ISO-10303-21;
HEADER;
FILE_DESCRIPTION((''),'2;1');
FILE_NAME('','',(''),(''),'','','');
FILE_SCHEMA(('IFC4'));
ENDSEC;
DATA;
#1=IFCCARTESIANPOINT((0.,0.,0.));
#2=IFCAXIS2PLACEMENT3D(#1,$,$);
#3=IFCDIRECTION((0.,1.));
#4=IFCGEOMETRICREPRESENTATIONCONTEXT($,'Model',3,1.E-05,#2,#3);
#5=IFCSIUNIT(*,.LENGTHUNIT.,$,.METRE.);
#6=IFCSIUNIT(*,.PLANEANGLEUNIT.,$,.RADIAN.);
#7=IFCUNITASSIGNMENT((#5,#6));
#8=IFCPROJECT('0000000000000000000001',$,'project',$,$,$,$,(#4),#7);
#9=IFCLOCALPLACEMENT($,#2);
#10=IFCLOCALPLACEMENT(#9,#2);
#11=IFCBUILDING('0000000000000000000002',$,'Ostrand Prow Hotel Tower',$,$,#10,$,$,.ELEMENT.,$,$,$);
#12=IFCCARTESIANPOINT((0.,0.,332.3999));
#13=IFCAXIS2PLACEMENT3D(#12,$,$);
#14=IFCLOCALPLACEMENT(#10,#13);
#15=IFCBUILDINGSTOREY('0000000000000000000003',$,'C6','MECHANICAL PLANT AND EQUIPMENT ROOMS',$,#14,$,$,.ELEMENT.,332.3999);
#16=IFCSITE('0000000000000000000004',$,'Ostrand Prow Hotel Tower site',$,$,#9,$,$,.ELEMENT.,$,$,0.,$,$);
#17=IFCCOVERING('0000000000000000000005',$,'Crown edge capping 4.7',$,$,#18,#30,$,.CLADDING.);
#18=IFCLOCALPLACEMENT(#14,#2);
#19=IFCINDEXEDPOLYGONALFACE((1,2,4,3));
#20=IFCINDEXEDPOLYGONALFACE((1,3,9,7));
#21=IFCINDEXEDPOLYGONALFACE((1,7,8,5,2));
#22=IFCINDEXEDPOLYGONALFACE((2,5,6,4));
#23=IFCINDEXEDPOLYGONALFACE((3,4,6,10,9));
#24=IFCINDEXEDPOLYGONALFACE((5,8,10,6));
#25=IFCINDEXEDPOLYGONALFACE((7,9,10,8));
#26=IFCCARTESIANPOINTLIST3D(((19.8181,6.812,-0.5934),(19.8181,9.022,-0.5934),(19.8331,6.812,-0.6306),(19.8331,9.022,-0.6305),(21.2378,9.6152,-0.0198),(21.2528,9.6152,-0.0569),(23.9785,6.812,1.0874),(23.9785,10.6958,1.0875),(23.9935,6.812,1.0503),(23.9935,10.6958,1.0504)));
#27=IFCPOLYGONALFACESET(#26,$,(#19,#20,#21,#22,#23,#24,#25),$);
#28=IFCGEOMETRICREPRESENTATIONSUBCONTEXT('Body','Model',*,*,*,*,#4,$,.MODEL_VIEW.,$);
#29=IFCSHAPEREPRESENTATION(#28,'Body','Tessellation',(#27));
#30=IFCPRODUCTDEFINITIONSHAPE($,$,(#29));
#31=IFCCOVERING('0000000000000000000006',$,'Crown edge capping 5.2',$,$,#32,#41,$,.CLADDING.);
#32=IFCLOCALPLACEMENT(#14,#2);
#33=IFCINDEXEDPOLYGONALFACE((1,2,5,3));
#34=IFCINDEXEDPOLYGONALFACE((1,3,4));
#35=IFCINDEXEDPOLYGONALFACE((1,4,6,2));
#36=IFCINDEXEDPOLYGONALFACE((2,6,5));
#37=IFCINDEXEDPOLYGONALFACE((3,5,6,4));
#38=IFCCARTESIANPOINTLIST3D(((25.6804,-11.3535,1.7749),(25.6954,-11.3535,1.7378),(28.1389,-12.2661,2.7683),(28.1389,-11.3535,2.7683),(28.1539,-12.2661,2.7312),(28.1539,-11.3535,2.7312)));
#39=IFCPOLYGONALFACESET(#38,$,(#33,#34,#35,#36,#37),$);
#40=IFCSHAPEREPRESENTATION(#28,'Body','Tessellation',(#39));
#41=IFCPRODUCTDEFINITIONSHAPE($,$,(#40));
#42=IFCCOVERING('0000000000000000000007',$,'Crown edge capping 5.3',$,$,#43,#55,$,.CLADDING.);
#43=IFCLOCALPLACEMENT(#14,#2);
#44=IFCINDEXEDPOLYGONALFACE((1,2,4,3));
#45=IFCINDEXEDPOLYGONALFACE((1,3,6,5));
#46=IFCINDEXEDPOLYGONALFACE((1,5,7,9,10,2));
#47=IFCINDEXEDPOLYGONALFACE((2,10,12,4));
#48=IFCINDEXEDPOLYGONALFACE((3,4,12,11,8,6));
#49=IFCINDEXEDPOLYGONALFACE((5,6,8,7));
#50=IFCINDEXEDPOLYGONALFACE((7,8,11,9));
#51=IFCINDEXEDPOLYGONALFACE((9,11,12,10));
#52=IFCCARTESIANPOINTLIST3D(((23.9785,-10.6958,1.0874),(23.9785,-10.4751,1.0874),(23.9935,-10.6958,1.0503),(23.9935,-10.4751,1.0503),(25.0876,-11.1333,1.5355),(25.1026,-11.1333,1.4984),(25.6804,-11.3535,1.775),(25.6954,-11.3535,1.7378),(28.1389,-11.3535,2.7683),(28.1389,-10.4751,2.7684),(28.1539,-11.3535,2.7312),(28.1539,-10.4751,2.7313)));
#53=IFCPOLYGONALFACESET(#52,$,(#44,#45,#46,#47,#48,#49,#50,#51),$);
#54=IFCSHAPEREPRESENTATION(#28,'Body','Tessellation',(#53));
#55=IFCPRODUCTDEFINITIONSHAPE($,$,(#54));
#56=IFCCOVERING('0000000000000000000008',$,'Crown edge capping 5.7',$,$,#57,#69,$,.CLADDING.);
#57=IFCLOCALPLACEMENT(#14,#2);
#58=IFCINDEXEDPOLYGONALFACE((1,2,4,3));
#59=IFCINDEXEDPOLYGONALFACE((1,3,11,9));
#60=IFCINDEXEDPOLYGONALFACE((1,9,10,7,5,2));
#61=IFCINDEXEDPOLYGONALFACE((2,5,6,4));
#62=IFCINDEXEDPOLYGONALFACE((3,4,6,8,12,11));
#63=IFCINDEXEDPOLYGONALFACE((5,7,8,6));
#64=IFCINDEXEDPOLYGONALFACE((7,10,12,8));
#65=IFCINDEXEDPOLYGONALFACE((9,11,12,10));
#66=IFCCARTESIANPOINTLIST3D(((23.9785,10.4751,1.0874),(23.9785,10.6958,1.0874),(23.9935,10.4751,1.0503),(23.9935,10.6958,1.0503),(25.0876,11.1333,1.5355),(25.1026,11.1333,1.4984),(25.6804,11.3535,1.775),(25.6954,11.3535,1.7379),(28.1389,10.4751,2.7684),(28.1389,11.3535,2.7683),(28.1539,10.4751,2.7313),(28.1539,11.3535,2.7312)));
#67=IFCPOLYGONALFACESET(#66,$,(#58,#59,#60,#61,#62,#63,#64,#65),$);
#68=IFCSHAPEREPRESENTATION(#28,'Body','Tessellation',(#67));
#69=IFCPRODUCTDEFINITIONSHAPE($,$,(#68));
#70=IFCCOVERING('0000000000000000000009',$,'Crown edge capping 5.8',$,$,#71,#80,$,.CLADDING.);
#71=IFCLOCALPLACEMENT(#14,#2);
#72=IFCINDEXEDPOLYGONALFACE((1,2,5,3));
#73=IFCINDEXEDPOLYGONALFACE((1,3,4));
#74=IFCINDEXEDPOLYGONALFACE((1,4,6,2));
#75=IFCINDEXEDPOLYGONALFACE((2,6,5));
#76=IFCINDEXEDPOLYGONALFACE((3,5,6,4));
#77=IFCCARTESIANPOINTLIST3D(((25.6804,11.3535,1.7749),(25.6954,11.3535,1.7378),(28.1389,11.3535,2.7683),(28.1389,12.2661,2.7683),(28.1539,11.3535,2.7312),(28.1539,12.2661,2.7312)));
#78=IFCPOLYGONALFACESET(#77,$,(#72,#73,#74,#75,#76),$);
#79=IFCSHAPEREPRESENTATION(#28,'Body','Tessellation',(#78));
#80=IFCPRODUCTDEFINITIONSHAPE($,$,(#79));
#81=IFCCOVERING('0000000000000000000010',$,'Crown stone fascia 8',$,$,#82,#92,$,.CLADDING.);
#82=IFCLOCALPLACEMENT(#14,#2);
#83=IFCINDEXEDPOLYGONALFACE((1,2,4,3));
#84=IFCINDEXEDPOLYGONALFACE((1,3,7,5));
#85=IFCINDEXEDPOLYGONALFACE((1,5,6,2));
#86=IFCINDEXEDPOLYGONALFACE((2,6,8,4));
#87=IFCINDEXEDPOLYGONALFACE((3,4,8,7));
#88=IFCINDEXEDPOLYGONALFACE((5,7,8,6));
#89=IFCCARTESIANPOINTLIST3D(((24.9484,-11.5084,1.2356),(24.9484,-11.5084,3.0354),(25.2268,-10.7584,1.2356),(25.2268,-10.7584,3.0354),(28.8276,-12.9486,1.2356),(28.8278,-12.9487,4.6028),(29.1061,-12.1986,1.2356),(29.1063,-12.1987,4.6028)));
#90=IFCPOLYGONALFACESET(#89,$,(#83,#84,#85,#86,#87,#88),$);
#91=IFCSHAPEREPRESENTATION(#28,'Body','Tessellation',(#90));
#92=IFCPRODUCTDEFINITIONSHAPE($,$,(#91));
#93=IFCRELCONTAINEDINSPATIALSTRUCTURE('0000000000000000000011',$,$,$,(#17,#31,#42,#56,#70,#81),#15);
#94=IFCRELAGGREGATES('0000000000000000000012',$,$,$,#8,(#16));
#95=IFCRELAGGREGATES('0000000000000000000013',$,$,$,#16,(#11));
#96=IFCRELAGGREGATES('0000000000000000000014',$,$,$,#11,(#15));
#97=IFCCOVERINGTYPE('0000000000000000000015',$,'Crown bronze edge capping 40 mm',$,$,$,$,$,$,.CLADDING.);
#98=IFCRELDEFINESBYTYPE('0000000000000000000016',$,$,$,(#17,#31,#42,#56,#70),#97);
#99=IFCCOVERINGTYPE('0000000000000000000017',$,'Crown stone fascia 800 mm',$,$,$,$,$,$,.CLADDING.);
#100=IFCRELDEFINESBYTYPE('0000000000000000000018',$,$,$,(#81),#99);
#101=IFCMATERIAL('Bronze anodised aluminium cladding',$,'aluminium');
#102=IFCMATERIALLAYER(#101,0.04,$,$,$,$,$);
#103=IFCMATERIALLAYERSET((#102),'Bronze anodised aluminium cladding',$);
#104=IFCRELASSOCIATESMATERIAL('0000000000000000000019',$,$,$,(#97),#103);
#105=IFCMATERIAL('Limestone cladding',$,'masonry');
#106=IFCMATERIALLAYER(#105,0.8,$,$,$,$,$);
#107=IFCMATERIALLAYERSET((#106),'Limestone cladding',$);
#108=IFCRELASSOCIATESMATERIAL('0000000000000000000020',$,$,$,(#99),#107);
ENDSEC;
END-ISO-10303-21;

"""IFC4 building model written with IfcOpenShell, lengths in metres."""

from ifc_helpers import new_model, si_unit, direction, frame, origin, place, context, subcontext, project, spatial, polyline, outline, extrude, material, layer, layer_set, type_object, element, save


model = new_model("IFC4")

# Units and contexts
model_context = context("Model", 3, precision=1e-05, world=origin(), true_north=direction((0.0, 1.0)))
body_context = subcontext(model_context, "Body", "Model", "MODEL_VIEW")
ifc_project = project(units=[si_unit("LENGTHUNIT", "METRE"), si_unit("PLANEANGLEUNIT", "RADIAN")], contexts=[model_context])

# Site, building, storey
site_placement = place(None, origin())
site = spatial("IfcSite", under=ifc_project, at=site_placement, Name="Ostrand Prow Hotel Tower site", CompositionType="ELEMENT", RefElevation=0.0)
building_placement = place(site_placement, origin())
building = spatial("IfcBuilding", under=site, at=building_placement, Name="Ostrand Prow Hotel Tower", CompositionType="ELEMENT")
storey_placement = place(building_placement, frame((0.0, 0.0, 332.3999)))
storey = spatial("IfcBuildingStorey", under=building, at=storey_placement, Name="C6", Description="MECHANICAL PLANT AND EQUIPMENT ROOMS", CompositionType="ELEMENT", Elevation=332.3999)

# Coverings
ifc_material_1 = material(Name="Bronze anodised aluminium cladding", Category="aluminium")
ifc_layer_1 = layer(ifc_material_1, 0.04)
ifc_layer_set_1 = layer_set([ifc_layer_1], Name="Bronze anodised aluminium cladding")
covering_type_1 = type_object("IfcCoveringType", Name="Crown bronze edge capping 40 mm", PredefinedType="CLADDING", material=ifc_layer_set_1)
covering_1_placement = place(storey_placement, frame((21.2378, 9.6152, -0.0198), z_axis=(-0.374599, -0.000022, 0.927187), x_axis=(-0.864562, -0.361274, -0.349305)))
element("IfcCovering", 1, at=covering_1_placement, inside=storey, type_object=covering_type_1, Name="Crown edge capping 4.7", PredefinedType="CLADDING", context=body_context, shape_type="SweptSolid", body=[
    extrude(outline(polyline([(0.0, 0.0), (1.6421, 0.0), (2.4405, 2.0607), (-1.7435, 3.6818), (-3.1466, 0.0603), (0.0, 0.0)])), origin(), (0.0, 0.0, -1.0), 0.04),
])
covering_2_placement = place(storey_placement, frame((25.6804, -11.3535, 1.7749), z_axis=(-0.374643, 0.0, 0.927169), x_axis=(0.876699, -0.325432, 0.354249)))
element("IfcCovering", 2, at=covering_2_placement, inside=storey, type_object=covering_type_1, Name="Crown edge capping 5.2", PredefinedType="CLADDING", context=body_context, shape_type="SweptSolid", body=[
    extrude(outline(polyline([(0.0, 0.0), (2.8043, 0.0), (2.5073, 0.8629), (0.0, 0.0)])), origin(), (0.0, 0.0, -1.0), 0.04),
])
covering_3_placement = place(storey_placement, frame((28.1389, -11.3535, 2.7683), z_axis=(-0.374619, -0.000082, 0.927179), x_axis=(-0.000031, 1.0, 0.000076)))
element("IfcCovering", 3, at=covering_3_placement, inside=storey, type_object=covering_type_1, Name="Crown edge capping 5.3", PredefinedType="CLADDING", context=body_context, shape_type="SweptSolid", body=[
    extrude(outline(polyline([(0.0, 0.0), (0.8784, 0.0), (0.8784, 4.4871), (0.6577, 4.4871), (0.2202, 3.2909), (0.0, 2.6516), (0.0, 0.0)])), origin(), (0.0, 0.0, -1.0), 0.04),
])
covering_4_placement = place(storey_placement, frame((23.9785, 10.6958, 1.0874), z_axis=(-0.374619, 0.000082, 0.927179), x_axis=(-0.000031, -1.0, 0.000076)))
element("IfcCovering", 4, at=covering_4_placement, inside=storey, type_object=covering_type_1, Name="Crown edge capping 5.7", PredefinedType="CLADDING", context=body_context, shape_type="SweptSolid", body=[
    extrude(outline(polyline([(0.0, 0.0), (0.2207, 0.0), (0.2207, 4.4871), (-0.6577, 4.4871), (-0.6577, 1.8355), (-0.4375, 1.1962), (0.0, 0.0)])), origin(), (0.0, 0.0, -1.0), 0.04),
])
covering_5_placement = place(storey_placement, frame((28.1389, 12.2661, 2.7683), z_axis=(-0.374643, 0.0, 0.927169), x_axis=(-0.876699, -0.325432, -0.354249)))
element("IfcCovering", 5, at=covering_5_placement, inside=storey, type_object=covering_type_1, Name="Crown edge capping 5.8", PredefinedType="CLADDING", context=body_context, shape_type="SweptSolid", body=[
    extrude(outline(polyline([(0.0, 0.0), (2.8043, 0.0), (0.297, 0.8629), (0.0, 0.0)])), origin(), (0.0, 0.0, -1.0), 0.04),
])
ifc_material_2 = material(Name="Limestone cladding", Category="masonry")
ifc_layer_2 = layer(ifc_material_2, 0.8)
ifc_layer_set_2 = layer_set([ifc_layer_2], Name="Limestone cladding")
covering_type_2 = type_object("IfcCoveringType", Name="Crown stone fascia 800 mm", PredefinedType="CLADDING", material=ifc_layer_set_2)
covering_6_placement = place(storey_placement, frame((25.0876, -11.1333, 1.2356), z_axis=(0.0, 0.0, 1.0), x_axis=(0.937476, -0.34805, 0.0)))
element("IfcCovering", 6, at=covering_6_placement, inside=storey, type_object=covering_type_2, Name="Crown stone fascia 8", PredefinedType="CLADDING", context=body_context, shape_type="SweptSolid", body=[
    extrude(outline(polyline([(0.0, 0.0), (4.1379, 0.0), (4.1382, 3.3672), (0.0, 1.7998), (0.0, 0.0)])), frame((0.0, 0.3999, 0.0), z_axis=(0.0, -1.0, 0.0), x_axis=(1.0, 0.0, 0.0)), (0.0, 0.0, 1.0), 0.8),
])

save(model, "model.ifc")
